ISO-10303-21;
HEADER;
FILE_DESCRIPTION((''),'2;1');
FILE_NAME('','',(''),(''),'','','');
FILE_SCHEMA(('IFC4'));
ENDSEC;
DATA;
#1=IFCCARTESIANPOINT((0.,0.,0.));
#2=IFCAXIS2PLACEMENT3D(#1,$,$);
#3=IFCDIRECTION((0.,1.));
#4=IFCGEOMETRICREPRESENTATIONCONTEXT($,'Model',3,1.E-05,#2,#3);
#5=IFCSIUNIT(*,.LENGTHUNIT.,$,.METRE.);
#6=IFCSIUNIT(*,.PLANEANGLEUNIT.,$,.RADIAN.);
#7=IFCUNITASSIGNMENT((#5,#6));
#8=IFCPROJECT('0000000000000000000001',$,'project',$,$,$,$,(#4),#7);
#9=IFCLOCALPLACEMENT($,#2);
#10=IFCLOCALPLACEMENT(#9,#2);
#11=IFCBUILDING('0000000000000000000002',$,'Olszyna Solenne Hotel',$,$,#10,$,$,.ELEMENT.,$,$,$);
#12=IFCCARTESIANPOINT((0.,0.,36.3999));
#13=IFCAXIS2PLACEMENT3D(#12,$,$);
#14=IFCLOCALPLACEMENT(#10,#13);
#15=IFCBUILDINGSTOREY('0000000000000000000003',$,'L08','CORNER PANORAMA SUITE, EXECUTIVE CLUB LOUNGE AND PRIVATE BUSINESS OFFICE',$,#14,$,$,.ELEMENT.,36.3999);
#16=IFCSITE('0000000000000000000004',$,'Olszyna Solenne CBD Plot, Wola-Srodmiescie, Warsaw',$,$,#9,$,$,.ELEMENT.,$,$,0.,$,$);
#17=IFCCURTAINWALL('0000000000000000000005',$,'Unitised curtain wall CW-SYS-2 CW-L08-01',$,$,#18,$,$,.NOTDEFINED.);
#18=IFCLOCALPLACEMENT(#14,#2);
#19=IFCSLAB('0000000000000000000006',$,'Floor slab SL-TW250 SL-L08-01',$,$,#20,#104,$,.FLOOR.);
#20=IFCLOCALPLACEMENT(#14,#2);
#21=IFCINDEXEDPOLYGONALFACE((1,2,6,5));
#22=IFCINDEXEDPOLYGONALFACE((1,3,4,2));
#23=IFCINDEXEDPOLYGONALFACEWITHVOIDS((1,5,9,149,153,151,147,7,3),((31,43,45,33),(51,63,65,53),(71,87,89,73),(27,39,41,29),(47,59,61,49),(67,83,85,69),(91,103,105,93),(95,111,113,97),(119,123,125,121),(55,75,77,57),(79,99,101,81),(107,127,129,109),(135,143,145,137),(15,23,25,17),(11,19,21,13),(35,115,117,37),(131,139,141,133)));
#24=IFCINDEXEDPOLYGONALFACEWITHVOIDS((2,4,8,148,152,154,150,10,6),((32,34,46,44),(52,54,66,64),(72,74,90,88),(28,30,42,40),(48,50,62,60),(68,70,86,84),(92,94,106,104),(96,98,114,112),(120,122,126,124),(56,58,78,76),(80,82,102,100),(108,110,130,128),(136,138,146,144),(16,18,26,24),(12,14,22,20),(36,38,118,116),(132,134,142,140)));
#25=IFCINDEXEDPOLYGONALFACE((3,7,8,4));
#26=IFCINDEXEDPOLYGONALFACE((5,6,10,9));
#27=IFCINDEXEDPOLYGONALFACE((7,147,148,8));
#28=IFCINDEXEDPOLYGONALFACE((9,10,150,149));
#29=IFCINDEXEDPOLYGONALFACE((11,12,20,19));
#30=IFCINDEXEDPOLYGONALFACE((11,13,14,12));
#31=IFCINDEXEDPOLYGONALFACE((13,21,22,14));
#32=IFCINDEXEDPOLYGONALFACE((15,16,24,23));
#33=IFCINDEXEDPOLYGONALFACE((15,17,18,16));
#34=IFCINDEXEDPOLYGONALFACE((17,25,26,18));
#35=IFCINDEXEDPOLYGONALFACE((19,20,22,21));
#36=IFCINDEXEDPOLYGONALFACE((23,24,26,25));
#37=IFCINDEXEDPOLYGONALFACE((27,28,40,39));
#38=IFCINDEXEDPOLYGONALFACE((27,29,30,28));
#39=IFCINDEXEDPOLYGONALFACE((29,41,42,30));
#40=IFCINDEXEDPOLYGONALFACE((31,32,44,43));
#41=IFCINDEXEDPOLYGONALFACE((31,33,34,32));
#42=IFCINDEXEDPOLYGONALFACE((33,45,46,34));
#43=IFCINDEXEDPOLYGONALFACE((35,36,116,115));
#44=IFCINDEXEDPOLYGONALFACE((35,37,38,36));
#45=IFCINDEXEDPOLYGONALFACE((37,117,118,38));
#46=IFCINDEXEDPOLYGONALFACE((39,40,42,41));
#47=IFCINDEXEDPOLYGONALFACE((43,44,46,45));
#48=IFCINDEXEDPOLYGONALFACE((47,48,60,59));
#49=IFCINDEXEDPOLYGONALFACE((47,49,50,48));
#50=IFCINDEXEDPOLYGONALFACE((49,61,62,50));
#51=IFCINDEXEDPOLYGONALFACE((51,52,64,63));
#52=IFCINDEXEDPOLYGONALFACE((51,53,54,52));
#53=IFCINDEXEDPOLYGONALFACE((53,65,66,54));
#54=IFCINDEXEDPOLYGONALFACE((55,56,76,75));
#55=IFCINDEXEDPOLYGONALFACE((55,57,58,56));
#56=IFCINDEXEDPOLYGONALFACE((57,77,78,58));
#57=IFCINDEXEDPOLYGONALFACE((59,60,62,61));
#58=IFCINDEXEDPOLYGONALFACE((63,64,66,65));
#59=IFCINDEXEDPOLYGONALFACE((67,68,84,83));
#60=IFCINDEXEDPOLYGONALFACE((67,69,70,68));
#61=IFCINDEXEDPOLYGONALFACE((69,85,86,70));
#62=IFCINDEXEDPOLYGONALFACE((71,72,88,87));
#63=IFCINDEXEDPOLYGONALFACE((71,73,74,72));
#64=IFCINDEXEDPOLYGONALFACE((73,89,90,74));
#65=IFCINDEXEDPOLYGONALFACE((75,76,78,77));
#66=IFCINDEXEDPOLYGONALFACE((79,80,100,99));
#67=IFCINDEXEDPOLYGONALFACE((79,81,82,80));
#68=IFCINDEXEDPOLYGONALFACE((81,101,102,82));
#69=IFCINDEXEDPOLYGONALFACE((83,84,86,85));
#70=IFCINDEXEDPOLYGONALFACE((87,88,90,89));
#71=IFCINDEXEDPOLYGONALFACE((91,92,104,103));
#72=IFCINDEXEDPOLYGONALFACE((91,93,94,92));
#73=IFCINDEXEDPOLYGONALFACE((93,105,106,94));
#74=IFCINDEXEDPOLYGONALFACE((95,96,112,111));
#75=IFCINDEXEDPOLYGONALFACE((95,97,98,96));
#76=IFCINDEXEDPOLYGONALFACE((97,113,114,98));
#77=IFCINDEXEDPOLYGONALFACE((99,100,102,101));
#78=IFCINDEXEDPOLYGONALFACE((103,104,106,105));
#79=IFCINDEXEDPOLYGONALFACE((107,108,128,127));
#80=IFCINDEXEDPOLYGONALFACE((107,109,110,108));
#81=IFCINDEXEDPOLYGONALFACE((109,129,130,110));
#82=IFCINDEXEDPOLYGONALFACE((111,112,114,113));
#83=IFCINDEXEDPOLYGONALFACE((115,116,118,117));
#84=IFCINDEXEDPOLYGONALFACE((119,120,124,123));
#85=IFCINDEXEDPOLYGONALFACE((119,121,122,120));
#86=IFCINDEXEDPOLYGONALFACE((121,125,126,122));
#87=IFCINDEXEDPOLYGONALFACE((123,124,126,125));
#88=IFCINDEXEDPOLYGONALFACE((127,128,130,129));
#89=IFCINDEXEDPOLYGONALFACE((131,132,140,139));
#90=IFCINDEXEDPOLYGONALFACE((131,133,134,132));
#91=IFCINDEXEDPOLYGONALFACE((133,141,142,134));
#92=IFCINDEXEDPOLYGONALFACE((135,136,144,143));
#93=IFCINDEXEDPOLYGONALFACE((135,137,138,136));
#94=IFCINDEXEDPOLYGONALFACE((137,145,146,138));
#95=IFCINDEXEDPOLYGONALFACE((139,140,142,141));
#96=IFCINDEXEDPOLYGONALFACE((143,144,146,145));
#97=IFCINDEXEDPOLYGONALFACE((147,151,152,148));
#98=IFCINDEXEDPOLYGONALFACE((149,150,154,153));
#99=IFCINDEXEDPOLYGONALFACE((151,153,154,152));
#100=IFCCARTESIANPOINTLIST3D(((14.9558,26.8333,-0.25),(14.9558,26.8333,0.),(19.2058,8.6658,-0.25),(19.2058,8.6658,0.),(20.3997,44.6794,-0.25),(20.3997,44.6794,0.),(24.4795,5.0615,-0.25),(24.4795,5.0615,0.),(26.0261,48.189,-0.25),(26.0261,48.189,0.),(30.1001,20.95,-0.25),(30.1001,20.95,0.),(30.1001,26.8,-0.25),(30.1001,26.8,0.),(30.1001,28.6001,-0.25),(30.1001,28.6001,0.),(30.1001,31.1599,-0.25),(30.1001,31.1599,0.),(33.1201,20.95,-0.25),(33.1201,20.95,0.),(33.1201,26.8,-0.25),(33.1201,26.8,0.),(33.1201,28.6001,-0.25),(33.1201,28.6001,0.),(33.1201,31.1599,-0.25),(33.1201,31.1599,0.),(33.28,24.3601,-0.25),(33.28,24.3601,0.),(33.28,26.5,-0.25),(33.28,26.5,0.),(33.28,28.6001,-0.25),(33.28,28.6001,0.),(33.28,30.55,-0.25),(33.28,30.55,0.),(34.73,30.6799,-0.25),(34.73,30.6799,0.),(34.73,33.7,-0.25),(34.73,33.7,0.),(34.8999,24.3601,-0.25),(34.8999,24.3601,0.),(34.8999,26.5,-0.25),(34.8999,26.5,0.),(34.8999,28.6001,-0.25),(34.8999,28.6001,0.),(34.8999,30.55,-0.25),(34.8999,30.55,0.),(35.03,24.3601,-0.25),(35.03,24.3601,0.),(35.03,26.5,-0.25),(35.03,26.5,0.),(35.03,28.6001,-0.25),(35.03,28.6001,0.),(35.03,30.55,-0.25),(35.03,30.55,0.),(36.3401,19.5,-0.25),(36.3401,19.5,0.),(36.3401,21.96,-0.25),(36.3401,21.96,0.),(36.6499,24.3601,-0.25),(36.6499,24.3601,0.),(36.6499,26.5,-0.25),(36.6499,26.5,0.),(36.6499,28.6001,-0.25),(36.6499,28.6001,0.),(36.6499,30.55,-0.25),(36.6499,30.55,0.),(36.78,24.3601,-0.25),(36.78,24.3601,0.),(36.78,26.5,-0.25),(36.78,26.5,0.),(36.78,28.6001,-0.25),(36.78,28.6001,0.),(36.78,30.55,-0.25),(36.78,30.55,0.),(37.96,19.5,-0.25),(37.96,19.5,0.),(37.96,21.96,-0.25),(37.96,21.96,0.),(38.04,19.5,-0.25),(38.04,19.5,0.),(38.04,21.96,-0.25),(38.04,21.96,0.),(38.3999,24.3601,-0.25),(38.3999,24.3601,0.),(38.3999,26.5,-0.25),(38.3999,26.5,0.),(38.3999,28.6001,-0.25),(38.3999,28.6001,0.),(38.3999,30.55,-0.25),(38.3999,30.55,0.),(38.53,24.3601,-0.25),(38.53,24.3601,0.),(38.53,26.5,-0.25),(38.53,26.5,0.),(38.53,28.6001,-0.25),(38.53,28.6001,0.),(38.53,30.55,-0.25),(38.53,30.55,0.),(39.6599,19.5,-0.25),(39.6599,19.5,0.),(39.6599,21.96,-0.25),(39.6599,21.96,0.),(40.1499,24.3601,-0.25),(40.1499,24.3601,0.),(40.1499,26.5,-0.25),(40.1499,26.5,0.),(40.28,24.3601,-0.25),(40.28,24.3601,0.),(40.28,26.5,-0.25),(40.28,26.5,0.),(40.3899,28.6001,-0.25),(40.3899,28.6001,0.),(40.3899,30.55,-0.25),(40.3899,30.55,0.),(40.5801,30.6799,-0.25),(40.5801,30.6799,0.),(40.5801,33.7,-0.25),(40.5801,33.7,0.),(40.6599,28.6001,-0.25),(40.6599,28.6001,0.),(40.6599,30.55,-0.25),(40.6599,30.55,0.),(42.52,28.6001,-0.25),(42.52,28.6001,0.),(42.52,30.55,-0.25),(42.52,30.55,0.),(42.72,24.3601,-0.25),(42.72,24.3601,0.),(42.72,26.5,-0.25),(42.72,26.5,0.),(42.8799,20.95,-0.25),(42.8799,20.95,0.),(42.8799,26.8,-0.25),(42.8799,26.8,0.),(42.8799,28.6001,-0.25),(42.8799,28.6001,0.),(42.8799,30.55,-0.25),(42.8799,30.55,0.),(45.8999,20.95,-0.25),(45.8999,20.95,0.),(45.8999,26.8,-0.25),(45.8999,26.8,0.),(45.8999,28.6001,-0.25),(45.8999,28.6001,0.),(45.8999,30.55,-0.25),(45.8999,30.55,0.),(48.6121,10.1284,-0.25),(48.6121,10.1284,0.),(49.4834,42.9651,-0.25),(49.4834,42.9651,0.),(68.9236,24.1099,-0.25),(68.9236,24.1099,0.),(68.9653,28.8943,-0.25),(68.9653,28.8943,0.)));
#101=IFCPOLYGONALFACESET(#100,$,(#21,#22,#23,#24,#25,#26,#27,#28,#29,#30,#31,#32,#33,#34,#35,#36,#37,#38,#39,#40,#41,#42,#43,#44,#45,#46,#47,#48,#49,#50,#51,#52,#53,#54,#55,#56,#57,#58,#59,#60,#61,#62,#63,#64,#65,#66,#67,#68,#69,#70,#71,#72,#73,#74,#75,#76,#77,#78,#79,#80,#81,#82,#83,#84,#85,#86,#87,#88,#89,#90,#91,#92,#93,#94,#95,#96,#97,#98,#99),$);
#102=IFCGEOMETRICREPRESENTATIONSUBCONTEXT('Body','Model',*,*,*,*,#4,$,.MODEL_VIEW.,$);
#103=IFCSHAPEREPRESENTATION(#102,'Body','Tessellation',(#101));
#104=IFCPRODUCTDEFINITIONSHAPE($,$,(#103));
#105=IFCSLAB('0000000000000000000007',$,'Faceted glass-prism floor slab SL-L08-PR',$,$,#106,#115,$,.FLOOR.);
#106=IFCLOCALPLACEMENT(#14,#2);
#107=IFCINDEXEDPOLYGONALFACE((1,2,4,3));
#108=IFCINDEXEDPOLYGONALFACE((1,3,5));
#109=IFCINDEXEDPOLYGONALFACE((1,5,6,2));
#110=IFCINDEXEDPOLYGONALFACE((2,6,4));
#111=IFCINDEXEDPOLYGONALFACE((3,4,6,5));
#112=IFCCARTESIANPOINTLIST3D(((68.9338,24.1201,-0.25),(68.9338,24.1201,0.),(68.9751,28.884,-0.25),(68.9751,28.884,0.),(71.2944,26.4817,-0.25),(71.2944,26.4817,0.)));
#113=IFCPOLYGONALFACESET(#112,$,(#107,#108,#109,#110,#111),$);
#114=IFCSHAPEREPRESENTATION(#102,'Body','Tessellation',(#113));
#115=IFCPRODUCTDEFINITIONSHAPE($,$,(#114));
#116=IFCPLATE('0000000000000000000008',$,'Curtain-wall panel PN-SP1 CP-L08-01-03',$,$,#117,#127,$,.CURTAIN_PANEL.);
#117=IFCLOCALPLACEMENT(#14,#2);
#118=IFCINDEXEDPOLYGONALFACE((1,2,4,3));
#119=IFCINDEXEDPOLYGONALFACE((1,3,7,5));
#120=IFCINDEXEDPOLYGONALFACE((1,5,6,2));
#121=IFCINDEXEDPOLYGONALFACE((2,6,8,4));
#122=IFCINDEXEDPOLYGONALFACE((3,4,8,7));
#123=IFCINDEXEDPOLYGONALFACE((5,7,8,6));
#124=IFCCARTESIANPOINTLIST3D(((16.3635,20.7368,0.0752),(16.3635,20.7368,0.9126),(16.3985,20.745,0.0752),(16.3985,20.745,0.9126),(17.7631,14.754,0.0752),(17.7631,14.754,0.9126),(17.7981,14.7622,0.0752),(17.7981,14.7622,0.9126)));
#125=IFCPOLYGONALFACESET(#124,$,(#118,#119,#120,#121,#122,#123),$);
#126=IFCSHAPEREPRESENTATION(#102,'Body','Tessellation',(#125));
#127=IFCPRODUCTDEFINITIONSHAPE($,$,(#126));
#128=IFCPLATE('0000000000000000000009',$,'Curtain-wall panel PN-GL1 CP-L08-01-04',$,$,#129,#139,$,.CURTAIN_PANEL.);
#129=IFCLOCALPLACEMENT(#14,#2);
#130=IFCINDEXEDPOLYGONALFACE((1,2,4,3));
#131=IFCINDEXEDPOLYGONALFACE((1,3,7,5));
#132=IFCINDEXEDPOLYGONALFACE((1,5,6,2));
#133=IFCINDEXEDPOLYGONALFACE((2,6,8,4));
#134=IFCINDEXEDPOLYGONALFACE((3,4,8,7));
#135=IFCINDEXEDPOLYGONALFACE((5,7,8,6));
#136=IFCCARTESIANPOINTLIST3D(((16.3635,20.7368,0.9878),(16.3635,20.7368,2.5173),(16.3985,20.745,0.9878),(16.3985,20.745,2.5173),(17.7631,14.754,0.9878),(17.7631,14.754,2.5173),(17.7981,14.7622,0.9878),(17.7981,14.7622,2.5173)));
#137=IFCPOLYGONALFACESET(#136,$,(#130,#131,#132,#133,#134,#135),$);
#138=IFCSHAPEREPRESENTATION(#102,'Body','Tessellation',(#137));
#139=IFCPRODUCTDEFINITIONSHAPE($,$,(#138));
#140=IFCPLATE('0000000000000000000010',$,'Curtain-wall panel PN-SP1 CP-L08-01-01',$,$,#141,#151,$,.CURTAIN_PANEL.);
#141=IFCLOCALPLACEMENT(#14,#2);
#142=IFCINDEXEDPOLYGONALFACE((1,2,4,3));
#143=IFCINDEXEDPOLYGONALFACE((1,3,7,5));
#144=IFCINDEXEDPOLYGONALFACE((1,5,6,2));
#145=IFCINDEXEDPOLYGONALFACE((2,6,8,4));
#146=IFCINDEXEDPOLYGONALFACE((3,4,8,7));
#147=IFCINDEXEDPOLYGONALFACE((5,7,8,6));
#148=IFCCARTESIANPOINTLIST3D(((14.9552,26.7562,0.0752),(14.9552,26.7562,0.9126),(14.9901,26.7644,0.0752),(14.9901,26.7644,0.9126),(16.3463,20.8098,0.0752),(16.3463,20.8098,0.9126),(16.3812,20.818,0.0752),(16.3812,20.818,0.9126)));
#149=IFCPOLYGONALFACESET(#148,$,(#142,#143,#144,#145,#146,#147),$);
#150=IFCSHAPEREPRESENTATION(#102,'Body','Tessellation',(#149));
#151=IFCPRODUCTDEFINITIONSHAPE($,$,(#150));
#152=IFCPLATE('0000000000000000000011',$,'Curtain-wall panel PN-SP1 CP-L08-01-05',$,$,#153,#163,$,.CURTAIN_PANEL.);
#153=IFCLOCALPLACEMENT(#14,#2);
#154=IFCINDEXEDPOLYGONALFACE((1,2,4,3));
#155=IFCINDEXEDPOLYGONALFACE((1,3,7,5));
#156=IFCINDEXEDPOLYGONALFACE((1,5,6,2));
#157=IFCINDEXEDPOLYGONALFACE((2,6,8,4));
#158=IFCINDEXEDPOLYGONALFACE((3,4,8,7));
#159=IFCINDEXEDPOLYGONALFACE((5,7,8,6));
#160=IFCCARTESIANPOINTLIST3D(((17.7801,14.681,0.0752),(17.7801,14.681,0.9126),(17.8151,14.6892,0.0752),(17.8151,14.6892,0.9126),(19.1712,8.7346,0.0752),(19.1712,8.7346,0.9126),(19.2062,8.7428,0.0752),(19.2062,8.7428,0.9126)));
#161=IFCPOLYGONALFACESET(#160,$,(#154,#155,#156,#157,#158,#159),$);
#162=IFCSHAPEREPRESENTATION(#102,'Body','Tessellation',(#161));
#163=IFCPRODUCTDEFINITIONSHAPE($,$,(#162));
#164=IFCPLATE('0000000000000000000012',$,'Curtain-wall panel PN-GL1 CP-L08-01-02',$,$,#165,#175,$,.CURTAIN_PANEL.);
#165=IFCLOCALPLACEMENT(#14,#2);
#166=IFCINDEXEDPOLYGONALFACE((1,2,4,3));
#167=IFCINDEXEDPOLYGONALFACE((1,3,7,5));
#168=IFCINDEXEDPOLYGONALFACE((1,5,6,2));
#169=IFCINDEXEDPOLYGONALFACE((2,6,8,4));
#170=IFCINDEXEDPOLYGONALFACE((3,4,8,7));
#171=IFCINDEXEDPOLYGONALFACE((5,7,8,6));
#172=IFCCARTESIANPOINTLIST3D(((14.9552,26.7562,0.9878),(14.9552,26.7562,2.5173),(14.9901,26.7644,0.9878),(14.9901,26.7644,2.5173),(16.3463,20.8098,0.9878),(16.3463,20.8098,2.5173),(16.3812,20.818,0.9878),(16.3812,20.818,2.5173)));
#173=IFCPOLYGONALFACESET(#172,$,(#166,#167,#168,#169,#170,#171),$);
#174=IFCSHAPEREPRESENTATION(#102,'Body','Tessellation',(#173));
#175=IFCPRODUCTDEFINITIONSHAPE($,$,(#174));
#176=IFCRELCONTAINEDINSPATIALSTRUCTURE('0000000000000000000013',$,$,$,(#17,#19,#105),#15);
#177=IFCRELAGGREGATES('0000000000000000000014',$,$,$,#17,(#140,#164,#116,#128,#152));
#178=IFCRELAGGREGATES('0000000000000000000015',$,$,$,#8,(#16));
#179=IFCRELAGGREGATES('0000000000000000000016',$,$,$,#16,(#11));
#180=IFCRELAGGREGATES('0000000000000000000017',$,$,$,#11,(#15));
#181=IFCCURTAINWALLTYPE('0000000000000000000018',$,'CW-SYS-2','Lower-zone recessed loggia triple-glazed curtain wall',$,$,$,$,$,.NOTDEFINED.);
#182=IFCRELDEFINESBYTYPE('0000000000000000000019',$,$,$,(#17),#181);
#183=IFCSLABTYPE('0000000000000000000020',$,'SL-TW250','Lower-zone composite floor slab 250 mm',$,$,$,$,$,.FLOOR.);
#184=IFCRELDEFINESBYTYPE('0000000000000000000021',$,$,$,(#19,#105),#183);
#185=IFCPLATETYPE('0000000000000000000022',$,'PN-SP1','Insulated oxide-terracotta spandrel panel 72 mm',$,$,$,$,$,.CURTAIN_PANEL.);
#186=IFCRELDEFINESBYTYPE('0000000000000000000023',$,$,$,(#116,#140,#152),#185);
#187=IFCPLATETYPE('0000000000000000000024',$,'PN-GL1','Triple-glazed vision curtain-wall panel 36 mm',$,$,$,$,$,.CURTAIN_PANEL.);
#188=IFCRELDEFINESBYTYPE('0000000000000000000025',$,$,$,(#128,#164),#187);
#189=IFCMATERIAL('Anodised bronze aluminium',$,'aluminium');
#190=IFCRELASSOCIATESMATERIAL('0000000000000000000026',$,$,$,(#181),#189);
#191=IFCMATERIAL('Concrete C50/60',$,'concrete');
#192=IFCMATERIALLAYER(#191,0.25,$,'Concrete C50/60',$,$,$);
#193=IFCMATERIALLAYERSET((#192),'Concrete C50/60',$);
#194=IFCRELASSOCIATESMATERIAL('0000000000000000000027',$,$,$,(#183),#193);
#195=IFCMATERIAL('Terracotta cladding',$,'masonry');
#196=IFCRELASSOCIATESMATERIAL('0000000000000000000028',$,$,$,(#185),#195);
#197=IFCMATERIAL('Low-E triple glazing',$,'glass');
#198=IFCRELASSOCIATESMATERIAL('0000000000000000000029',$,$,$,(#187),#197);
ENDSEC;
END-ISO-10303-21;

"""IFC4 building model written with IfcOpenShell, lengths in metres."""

from ifc_helpers import new_model, si_unit, direction, frame, origin, origin_2d, place, context, subcontext, project, spatial, polyline, rectangle, outline, extrude, source, transform, mapped, material, layer, layer_set, type_object, element, aggregate, save


model = new_model("IFC4")

# Units and contexts
model_context = context("Model", 3, precision=1e-05, world=origin(), true_north=direction((0.0, 1.0)))
body_context = subcontext(model_context, "Body", "Model", "MODEL_VIEW")
ifc_project = project(units=[si_unit("LENGTHUNIT", "METRE"), si_unit("PLANEANGLEUNIT", "RADIAN")], contexts=[model_context])

# Site, building, storey
site_placement = place(None, origin())
site = spatial("IfcSite", under=ifc_project, at=site_placement, Name="Olszyna Solenne CBD Plot, Wola-Srodmiescie, Warsaw", CompositionType="ELEMENT", RefElevation=0.0)
building_placement = place(site_placement, origin())
building = spatial("IfcBuilding", under=site, at=building_placement, Name="Olszyna Solenne Hotel", CompositionType="ELEMENT")
storey_placement = place(building_placement, frame((0.0, 0.0, 36.3999)))
storey = spatial("IfcBuildingStorey", under=building, at=storey_placement, Name="L08", Description="CORNER PANORAMA SUITE, EXECUTIVE CLUB LOUNGE AND PRIVATE BUSINESS OFFICE", CompositionType="ELEMENT", Elevation=36.3999)

# Curtain wall
ifc_material_1 = material(Name="Anodised bronze aluminium", Category="aluminium")
curtain_wall_type = type_object("IfcCurtainWallType", Name="CW-SYS-2", Description="Lower-zone recessed loggia triple-glazed curtain wall", PredefinedType="NOTDEFINED", material=ifc_material_1)
curtain_wall_placement = place(storey_placement, origin())
curtain_wall = element("IfcCurtainWall", 1, at=curtain_wall_placement, inside=storey, type_object=curtain_wall_type, Name="Unitised curtain wall CW-SYS-2 CW-L08-01", PredefinedType="NOTDEFINED")

# Slabs
ifc_material_2 = material(Name="Concrete C50/60", Category="concrete")
ifc_layer_1 = layer(ifc_material_2, 0.25, Name="Concrete C50/60")
ifc_layer_set_1 = layer_set([ifc_layer_1], Name="Concrete C50/60")
slab_type_1 = type_object("IfcSlabType", Name="SL-TW250", Description="Lower-zone composite floor slab 250 mm", PredefinedType="FLOOR", material=ifc_layer_set_1)
slab_1_placement = place(storey_placement, frame((0.0, 0.0, -0.25)))
element("IfcSlab", 2, at=slab_1_placement, inside=storey, type_object=slab_type_1, Name="Floor slab SL-TW250 SL-L08-01", PredefinedType="FLOOR", context=body_context, shape_type="SweptSolid", body=[
    extrude(outline(polyline([(68.9236, 24.1099), (68.9653, 28.8943), (49.4834, 42.9651), (26.0261, 48.189), (20.3997, 44.6794), (14.9558, 26.8333), (19.2058, 8.6658), (24.4795, 5.0615), (48.6121, 10.1284), (68.9236, 24.1099)]), holes=[polyline([(30.1001, 20.95), (33.1201, 20.95), (33.1201, 26.8), (30.1001, 26.8), (30.1001, 20.95)]), polyline([(42.8799, 20.95), (45.8999, 20.95), (45.8999, 26.8), (42.8799, 26.8), (42.8799, 20.95)]), polyline([(34.73, 30.6799), (40.5801, 30.6799), (40.5801, 33.7), (34.73, 33.7), (34.73, 30.6799)]), polyline([(36.3401, 19.5), (37.96, 19.5), (37.96, 21.96), (36.3401, 21.96), (36.3401, 19.5)]), polyline([(38.04, 19.5), (39.6599, 19.5), (39.6599, 21.96), (38.04, 21.96), (38.04, 19.5)]), polyline([(30.1001, 28.6001), (33.1201, 28.6001), (33.1201, 31.1599), (30.1001, 31.1599), (30.1001, 28.6001)]), polyline([(33.28, 24.3601), (34.8999, 24.3601), (34.8999, 26.5), (33.28, 26.5), (33.28, 24.3601)]), polyline([(35.03, 24.3601), (36.6499, 24.3601), (36.6499, 26.5), (35.03, 26.5), (35.03, 24.3601)]), polyline([(36.78, 24.3601), (38.3999, 24.3601), (38.3999, 26.5), (36.78, 26.5), (36.78, 24.3601)]), polyline([(38.53, 24.3601), (40.1499, 24.3601), (40.1499, 26.5), (38.53, 26.5), (38.53, 24.3601)]), polyline([(40.28, 24.3601), (42.72, 24.3601), (42.72, 26.5), (40.28, 26.5), (40.28, 24.3601)]), polyline([(33.28, 28.6001), (34.8999, 28.6001), (34.8999, 30.55), (33.28, 30.55), (33.28, 28.6001)]), polyline([(35.03, 28.6001), (36.6499, 28.6001), (36.6499, 30.55), (35.03, 30.55), (35.03, 28.6001)]), polyline([(36.78, 28.6001), (38.3999, 28.6001), (38.3999, 30.55), (36.78, 30.55), (36.78, 28.6001)]), polyline([(38.53, 28.6001), (40.3899, 28.6001), (40.3899, 30.55), (38.53, 30.55), (38.53, 28.6001)]), polyline([(40.6599, 28.6001), (42.52, 28.6001), (42.52, 30.55), (40.6599, 30.55), (40.6599, 28.6001)]), polyline([(42.8799, 28.6001), (45.8999, 28.6001), (45.8999, 30.55), (42.8799, 30.55), (42.8799, 28.6001)])]), origin(), (0.0, 0.0, 1.0), 0.25),
])
slab_2_placement = place(storey_placement, frame((0.0, 0.0, -0.25)))
element("IfcSlab", 3, at=slab_2_placement, inside=storey, type_object=slab_type_1, Name="Faceted glass-prism floor slab SL-L08-PR", PredefinedType="FLOOR", context=body_context, shape_type="SweptSolid", body=[
    extrude(outline(polyline([(68.9751, 28.884), (68.9338, 24.1201), (71.2944, 26.4817), (68.9751, 28.884)])), origin(), (0.0, 0.0, 1.0), 0.25),
])

# Plates
ifc_material_3 = material(Name="Terracotta cladding", Category="masonry")
plate_type_1 = type_object("IfcPlateType", Name="PN-SP1", Description="Insulated oxide-terracotta spandrel panel 72 mm", PredefinedType="CURTAIN_PANEL", material=ifc_material_3)
shared_shape_1 = source(origin(), body_context, "Body", "SweptSolid", [
    extrude(rectangle(XDim=6.1443, YDim=0.0359, at=origin_2d()), origin(), (0.0, 0.0, 1.0), 0.8374),
])
plate_1_placement = place(storey_placement, frame((17.0808, 17.7495, 0.0752), z_axis=(0.0, 0.0, 1.0), x_axis=(0.22779, -0.97371, 0.0)))
plate_1 = element("IfcPlate", 4, at=plate_1_placement, type_object=plate_type_1, Name="Curtain-wall panel PN-SP1 CP-L08-01-03", PredefinedType="CURTAIN_PANEL", context=body_context, shape_type="MappedRepresentation", body=[
    mapped(shared_shape_1, transform((0.0, 0.0, 0.0), x_axis=(1.0, 0.0, 0.0), y_axis=(0.0, 1.0, 0.0), z_axis=(0.0, 0.0, 1.0), scale=1.0)),
])
ifc_material_4 = material(Name="Low-E triple glazing", Category="glass")
plate_type_2 = type_object("IfcPlateType", Name="PN-GL1", Description="Triple-glazed vision curtain-wall panel 36 mm", PredefinedType="CURTAIN_PANEL", material=ifc_material_4)
shared_shape_2 = source(origin(), body_context, "Body", "SweptSolid", [
    extrude(rectangle(XDim=6.1443, YDim=0.0359, at=origin_2d()), origin(), (0.0, 0.0, 1.0), 1.5295),
])
plate_2_placement = place(storey_placement, frame((17.0808, 17.7495, 0.9878), z_axis=(0.0, 0.0, 1.0), x_axis=(0.22779, -0.97371, 0.0)))
plate_2 = element("IfcPlate", 5, at=plate_2_placement, type_object=plate_type_2, Name="Curtain-wall panel PN-GL1 CP-L08-01-04", PredefinedType="CURTAIN_PANEL", context=body_context, shape_type="MappedRepresentation", body=[
    mapped(shared_shape_2, transform((0.0, 0.0, 0.0), x_axis=(1.0, 0.0, 0.0), y_axis=(0.0, 1.0, 0.0), z_axis=(0.0, 0.0, 1.0), scale=1.0)),
])
shared_shape_3 = source(origin(), body_context, "Body", "SweptSolid", [
    extrude(rectangle(XDim=6.1069, YDim=0.0359, at=origin_2d()), origin(), (0.0, 0.0, 1.0), 0.8374),
])
plate_3_placement = place(storey_placement, frame((15.6682, 23.7871, 0.0752), z_axis=(0.0, 0.0, 1.0), x_axis=(0.22779, -0.97371, 0.0)))
plate_3 = element("IfcPlate", 6, at=plate_3_placement, type_object=plate_type_1, Name="Curtain-wall panel PN-SP1 CP-L08-01-01", PredefinedType="CURTAIN_PANEL", context=body_context, shape_type="MappedRepresentation", body=[
    mapped(shared_shape_3, transform((0.0, 0.0, 0.0), x_axis=(1.0, 0.0, 0.0), y_axis=(0.0, 1.0, 0.0), z_axis=(0.0, 0.0, 1.0), scale=1.0)),
])
plate_4_placement = place(storey_placement, frame((18.4932, 11.7119, 0.0752), z_axis=(0.0, 0.0, 1.0), x_axis=(0.22779, -0.97371, 0.0)))
plate_4 = element("IfcPlate", 7, at=plate_4_placement, type_object=plate_type_1, Name="Curtain-wall panel PN-SP1 CP-L08-01-05", PredefinedType="CURTAIN_PANEL", context=body_context, shape_type="MappedRepresentation", body=[
    mapped(shared_shape_3, transform((0.0, 0.0, 0.0), x_axis=(1.0, 0.0, 0.0), y_axis=(0.0, 1.0, 0.0), z_axis=(0.0, 0.0, 1.0), scale=1.0)),
])
shared_shape_4 = source(origin(), body_context, "Body", "SweptSolid", [
    extrude(rectangle(XDim=6.1069, YDim=0.0359, at=origin_2d()), origin(), (0.0, 0.0, 1.0), 1.5295),
])
plate_5_placement = place(storey_placement, frame((15.6682, 23.7871, 0.9878), z_axis=(0.0, 0.0, 1.0), x_axis=(0.22779, -0.97371, 0.0)))
plate_5 = element("IfcPlate", 8, at=plate_5_placement, type_object=plate_type_2, Name="Curtain-wall panel PN-GL1 CP-L08-01-02", PredefinedType="CURTAIN_PANEL", context=body_context, shape_type="MappedRepresentation", body=[
    mapped(shared_shape_4, transform((0.0, 0.0, 0.0), x_axis=(1.0, 0.0, 0.0), y_axis=(0.0, 1.0, 0.0), z_axis=(0.0, 0.0, 1.0), scale=1.0)),
])
aggregate(curtain_wall, [plate_3, plate_5, plate_1, plate_2, plate_4])

save(model, "model.ifc")
